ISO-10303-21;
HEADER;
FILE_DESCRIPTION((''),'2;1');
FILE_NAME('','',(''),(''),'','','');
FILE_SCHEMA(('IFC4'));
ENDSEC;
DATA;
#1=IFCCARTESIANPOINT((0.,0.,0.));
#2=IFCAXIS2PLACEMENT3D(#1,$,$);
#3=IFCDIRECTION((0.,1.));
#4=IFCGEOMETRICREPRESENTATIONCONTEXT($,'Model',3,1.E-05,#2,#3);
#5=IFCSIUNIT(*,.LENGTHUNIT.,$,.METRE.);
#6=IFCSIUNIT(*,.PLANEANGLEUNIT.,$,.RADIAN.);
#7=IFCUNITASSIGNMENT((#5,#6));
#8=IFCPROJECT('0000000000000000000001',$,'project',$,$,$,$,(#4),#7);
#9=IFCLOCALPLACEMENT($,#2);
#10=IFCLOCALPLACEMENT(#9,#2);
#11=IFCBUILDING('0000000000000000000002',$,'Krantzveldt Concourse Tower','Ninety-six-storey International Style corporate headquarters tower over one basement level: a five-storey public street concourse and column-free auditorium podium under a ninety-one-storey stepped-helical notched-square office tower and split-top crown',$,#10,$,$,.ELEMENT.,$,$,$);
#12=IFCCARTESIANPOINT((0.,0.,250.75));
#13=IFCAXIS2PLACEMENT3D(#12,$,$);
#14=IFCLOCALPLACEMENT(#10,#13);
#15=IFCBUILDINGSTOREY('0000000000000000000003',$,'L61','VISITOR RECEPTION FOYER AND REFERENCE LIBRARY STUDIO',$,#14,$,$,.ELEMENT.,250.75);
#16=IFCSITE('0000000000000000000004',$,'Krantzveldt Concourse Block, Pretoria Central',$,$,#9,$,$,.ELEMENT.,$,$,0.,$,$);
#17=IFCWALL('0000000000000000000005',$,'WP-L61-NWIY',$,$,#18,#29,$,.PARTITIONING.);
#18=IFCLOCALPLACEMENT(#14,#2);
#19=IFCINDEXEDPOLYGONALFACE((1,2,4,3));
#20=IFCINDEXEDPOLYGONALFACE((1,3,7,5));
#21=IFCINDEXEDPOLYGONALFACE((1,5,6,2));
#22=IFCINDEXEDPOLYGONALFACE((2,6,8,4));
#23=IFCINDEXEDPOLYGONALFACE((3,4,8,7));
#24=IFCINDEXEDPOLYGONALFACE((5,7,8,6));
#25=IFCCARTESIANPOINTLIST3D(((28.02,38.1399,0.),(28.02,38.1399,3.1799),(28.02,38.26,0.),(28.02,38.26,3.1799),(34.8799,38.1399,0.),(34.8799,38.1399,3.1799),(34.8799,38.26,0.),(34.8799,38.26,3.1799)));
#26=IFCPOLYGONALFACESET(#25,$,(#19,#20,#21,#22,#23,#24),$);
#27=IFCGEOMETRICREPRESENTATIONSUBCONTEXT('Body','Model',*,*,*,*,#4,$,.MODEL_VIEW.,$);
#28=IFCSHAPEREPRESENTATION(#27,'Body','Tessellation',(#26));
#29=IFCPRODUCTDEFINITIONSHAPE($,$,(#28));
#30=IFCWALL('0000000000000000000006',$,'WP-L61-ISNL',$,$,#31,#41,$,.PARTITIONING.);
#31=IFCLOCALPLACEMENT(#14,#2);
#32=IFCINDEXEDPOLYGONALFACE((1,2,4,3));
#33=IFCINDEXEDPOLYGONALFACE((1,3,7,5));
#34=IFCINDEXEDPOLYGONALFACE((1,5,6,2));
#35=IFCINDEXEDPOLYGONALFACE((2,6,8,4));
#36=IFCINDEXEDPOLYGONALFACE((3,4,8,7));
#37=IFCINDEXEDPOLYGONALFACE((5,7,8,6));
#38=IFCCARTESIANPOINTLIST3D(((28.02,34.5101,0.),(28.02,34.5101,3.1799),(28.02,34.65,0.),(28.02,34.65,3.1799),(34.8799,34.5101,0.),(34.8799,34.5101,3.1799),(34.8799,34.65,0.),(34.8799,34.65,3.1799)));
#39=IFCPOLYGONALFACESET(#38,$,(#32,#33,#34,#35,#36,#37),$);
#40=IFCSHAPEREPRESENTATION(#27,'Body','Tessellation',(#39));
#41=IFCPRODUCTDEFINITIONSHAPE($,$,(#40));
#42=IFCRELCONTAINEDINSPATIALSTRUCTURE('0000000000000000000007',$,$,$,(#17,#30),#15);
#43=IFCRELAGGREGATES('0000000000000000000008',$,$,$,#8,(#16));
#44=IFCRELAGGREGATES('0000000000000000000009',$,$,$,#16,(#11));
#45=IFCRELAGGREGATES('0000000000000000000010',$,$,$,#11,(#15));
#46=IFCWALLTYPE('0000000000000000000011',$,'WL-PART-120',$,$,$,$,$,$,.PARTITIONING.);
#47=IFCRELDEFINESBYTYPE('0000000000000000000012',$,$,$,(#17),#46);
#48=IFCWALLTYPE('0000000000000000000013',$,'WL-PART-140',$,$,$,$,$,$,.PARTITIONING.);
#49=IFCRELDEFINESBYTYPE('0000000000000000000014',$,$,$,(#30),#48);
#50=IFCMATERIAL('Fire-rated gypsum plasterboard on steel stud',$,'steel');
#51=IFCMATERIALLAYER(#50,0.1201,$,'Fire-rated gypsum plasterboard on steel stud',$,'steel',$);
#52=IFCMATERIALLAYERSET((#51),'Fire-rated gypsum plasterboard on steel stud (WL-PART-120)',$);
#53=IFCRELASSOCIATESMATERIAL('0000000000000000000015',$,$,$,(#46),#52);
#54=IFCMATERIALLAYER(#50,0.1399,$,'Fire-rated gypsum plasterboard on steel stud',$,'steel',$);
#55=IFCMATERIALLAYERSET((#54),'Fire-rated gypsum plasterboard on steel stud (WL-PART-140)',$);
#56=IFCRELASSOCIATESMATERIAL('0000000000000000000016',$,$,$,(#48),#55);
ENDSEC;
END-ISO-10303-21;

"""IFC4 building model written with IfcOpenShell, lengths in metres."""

from ifc_helpers import new_model, si_unit, direction, frame, frame_2d, origin, place, context, subcontext, project, spatial, rectangle, extrude, material, layer, layer_set, type_object, element, save


model = new_model("IFC4")

# Units and contexts
model_context = context("Model", 3, precision=1e-05, world=origin(), true_north=direction((0.0, 1.0)))
body_context = subcontext(model_context, "Body", "Model", "MODEL_VIEW")
ifc_project = project(units=[si_unit("LENGTHUNIT", "METRE"), si_unit("PLANEANGLEUNIT", "RADIAN")], contexts=[model_context])

# Site, building, storey
site_placement = place(None, origin())
site = spatial("IfcSite", under=ifc_project, at=site_placement, Name="Krantzveldt Concourse Block, Pretoria Central", CompositionType="ELEMENT", RefElevation=0.0)
building_placement = place(site_placement, origin())
building = spatial("IfcBuilding", under=site, at=building_placement, Name="Krantzveldt Concourse Tower", Description="Ninety-six-storey International Style corporate headquarters tower over one basement level: a five-storey public street concourse and column-free auditorium podium under a ninety-one-storey stepped-helical notched-square office tower and split-top crown", CompositionType="ELEMENT")
storey_placement = place(building_placement, frame((0.0, 0.0, 250.75)))
storey = spatial("IfcBuildingStorey", under=building, at=storey_placement, Name="L61", Description="VISITOR RECEPTION FOYER AND REFERENCE LIBRARY STUDIO", CompositionType="ELEMENT", Elevation=250.75)

# Walls
ifc_material_1 = material(Name="Fire-rated gypsum plasterboard on steel stud", Category="steel")
ifc_layer_1 = layer(ifc_material_1, 0.1201, Name="Fire-rated gypsum plasterboard on steel stud", Category="steel")
ifc_layer_set_1 = layer_set([ifc_layer_1], Name="Fire-rated gypsum plasterboard on steel stud (WL-PART-120)")
wall_type_1 = type_object("IfcWallType", Name="WL-PART-120", PredefinedType="PARTITIONING", material=ifc_layer_set_1)
wall_1_placement = place(storey_placement, frame((28.02, 38.2, 0.0), z_axis=(0.0, 0.0, 1.0), x_axis=(1.0, 0.0, 0.0)))
element("IfcWall", 1, at=wall_1_placement, inside=storey, type_object=wall_type_1, Name="WP-L61-NWIY", PredefinedType="PARTITIONING", context=body_context, shape_type="SweptSolid", body=[
    extrude(rectangle(XDim=6.8599, YDim=0.1201, at=frame_2d((3.4299, 0.0))), origin(), (0.0, 0.0, 1.0), 3.1799),
])
ifc_layer_2 = layer(ifc_material_1, 0.1399, Name="Fire-rated gypsum plasterboard on steel stud", Category="steel")
ifc_layer_set_2 = layer_set([ifc_layer_2], Name="Fire-rated gypsum plasterboard on steel stud (WL-PART-140)")
wall_type_2 = type_object("IfcWallType", Name="WL-PART-140", PredefinedType="PARTITIONING", material=ifc_layer_set_2)
wall_2_placement = place(storey_placement, frame((28.02, 34.5801, 0.0), z_axis=(0.0, 0.0, 1.0), x_axis=(1.0, 0.0, 0.0)))
element("IfcWall", 2, at=wall_2_placement, inside=storey, type_object=wall_type_2, Name="WP-L61-ISNL", PredefinedType="PARTITIONING", context=body_context, shape_type="SweptSolid", body=[
    extrude(rectangle(XDim=6.8599, YDim=0.1399, at=frame_2d((3.4299, 0.0))), origin(), (0.0, 0.0, 1.0), 3.1799),
])

save(model, "model.ifc")
